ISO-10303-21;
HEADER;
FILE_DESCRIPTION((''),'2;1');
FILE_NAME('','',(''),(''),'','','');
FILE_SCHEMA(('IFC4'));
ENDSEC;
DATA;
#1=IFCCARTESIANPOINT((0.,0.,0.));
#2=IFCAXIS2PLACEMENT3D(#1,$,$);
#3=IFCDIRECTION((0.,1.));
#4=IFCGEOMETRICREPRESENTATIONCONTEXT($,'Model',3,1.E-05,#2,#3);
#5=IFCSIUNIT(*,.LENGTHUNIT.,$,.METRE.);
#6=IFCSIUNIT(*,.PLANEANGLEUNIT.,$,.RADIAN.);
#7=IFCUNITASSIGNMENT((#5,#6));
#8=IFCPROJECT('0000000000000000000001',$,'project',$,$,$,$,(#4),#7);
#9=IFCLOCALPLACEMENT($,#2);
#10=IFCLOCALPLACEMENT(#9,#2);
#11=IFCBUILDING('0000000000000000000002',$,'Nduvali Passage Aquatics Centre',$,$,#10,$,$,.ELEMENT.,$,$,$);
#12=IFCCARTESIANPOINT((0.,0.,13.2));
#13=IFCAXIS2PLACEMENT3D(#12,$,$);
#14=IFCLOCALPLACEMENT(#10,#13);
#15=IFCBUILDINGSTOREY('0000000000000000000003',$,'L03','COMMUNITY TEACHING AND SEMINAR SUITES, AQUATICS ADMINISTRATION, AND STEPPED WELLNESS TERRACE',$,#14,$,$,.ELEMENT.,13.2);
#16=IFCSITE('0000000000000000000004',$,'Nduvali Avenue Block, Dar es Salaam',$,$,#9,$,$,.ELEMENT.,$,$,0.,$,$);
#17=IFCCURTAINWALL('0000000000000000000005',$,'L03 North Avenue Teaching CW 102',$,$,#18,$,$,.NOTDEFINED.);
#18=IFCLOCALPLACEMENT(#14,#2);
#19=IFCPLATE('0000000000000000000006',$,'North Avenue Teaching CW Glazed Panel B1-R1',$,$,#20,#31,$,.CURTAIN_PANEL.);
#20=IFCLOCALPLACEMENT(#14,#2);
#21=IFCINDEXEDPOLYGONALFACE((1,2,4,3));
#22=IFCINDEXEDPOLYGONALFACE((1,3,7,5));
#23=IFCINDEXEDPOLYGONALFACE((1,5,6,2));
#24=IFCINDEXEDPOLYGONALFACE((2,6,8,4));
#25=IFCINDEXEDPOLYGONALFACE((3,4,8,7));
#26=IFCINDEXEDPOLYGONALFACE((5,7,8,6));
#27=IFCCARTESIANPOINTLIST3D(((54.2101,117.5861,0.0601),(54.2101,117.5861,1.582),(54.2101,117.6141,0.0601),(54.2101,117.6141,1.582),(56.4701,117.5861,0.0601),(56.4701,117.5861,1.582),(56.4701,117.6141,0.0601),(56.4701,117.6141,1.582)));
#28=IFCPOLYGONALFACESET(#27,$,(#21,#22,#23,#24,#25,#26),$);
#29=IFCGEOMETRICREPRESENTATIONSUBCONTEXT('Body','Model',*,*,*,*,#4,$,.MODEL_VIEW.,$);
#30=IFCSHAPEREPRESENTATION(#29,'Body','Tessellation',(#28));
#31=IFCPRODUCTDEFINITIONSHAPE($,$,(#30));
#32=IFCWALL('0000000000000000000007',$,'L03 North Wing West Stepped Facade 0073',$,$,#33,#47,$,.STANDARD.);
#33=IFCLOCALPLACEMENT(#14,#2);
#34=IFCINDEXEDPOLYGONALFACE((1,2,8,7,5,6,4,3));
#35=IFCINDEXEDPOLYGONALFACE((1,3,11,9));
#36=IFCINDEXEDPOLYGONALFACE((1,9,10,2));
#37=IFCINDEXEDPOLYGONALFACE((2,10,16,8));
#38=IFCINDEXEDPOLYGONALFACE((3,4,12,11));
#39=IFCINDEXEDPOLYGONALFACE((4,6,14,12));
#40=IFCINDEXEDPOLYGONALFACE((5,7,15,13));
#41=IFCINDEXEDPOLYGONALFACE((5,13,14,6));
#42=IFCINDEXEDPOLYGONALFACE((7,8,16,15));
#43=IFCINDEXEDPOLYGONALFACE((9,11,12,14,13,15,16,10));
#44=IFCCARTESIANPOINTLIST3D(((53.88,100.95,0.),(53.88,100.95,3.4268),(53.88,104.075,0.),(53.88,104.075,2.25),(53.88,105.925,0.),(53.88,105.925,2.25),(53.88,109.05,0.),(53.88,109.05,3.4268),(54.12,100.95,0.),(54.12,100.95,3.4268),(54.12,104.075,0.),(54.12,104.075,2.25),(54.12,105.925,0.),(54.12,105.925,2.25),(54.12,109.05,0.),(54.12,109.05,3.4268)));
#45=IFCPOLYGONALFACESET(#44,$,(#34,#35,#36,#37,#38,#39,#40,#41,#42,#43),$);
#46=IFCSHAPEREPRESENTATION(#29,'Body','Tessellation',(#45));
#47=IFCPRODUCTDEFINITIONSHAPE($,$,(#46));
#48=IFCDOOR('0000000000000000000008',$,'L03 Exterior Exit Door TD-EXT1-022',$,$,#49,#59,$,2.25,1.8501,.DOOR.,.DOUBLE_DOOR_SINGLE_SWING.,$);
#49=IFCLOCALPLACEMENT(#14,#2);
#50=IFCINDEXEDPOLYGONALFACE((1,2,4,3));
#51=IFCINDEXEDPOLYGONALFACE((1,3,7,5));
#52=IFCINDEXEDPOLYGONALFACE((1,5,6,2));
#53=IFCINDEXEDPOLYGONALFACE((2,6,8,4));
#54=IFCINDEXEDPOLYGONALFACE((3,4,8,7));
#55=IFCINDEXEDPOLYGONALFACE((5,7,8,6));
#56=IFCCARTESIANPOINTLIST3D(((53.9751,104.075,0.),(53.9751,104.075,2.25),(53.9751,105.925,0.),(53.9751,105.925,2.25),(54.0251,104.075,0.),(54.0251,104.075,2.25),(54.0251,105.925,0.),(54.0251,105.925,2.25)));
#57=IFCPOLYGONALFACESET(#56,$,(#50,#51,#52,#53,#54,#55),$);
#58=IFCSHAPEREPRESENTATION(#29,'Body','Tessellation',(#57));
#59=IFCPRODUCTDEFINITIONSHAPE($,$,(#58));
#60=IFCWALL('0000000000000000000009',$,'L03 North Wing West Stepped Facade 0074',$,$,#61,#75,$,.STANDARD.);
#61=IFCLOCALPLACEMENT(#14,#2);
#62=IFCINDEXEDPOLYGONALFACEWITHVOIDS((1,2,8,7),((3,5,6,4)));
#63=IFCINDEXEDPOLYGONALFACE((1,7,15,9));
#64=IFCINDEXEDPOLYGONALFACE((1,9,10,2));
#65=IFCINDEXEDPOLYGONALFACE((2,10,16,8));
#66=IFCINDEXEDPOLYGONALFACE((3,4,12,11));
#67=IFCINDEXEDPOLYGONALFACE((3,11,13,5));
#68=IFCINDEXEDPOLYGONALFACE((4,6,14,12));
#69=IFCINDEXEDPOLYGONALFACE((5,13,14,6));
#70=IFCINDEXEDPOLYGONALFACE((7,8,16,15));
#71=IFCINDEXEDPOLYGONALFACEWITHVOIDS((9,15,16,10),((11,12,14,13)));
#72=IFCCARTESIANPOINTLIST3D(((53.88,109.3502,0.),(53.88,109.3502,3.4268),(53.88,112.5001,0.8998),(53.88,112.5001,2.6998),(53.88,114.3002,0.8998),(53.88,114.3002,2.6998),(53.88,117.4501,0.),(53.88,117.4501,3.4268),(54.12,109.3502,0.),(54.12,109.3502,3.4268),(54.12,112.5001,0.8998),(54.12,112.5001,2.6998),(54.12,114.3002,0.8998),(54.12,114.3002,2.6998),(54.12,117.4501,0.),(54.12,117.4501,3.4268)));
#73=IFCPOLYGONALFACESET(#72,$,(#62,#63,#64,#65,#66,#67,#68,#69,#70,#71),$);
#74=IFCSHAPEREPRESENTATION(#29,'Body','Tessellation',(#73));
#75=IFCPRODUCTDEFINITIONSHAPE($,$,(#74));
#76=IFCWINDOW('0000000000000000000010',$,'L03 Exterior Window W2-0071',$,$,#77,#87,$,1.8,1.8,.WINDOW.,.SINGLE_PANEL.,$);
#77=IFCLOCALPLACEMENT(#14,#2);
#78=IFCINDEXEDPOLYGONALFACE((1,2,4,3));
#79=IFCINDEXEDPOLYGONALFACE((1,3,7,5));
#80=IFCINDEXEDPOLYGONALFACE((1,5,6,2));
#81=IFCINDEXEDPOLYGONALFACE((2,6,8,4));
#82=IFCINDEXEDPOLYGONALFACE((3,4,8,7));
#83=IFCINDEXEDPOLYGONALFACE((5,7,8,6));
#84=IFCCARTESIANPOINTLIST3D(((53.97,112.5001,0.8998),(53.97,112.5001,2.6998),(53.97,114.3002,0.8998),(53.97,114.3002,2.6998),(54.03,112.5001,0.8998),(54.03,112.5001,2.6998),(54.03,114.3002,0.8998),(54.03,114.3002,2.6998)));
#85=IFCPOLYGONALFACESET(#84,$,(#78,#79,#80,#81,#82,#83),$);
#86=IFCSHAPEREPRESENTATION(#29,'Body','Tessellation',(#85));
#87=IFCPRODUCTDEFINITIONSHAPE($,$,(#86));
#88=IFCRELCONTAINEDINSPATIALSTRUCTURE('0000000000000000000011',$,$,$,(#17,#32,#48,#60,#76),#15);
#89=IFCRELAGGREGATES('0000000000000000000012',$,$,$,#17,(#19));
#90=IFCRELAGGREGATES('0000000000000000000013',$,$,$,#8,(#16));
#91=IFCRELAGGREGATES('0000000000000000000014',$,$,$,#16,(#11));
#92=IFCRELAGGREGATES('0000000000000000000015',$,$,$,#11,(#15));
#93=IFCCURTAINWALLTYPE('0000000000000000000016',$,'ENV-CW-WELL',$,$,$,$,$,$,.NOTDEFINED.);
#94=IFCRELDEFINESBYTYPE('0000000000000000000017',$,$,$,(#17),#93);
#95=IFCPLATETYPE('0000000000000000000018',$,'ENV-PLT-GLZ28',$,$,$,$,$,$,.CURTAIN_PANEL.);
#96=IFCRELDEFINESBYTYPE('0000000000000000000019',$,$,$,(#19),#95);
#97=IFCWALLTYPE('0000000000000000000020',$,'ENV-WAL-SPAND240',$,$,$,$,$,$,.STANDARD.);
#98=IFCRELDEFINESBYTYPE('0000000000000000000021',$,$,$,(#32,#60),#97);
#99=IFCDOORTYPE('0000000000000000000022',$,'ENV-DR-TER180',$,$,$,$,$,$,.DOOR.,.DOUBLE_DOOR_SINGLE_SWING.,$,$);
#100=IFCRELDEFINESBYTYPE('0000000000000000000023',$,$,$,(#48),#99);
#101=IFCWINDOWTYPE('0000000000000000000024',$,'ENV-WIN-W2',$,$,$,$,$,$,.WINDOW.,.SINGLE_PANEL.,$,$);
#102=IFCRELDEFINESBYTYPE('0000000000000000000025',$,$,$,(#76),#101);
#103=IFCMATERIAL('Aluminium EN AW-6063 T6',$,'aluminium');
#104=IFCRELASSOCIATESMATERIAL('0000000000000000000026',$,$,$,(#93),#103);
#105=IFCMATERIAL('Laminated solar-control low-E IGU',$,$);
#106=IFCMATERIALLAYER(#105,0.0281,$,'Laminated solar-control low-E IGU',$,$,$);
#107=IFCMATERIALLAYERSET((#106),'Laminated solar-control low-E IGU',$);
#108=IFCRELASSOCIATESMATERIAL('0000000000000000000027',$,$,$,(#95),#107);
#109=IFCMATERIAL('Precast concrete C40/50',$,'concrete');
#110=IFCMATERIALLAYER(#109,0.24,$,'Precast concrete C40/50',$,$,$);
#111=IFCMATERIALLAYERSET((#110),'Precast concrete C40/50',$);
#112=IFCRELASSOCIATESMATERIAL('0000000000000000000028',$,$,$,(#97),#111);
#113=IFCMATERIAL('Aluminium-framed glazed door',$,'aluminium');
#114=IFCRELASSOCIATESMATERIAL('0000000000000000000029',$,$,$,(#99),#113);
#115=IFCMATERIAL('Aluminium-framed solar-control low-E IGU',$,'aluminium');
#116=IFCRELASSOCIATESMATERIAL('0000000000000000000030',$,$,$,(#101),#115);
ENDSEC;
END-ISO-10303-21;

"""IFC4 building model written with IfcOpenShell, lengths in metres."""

from ifc_helpers import new_model, si_unit, direction, frame, frame_2d, origin, origin_2d, place, context, subcontext, project, spatial, rectangle, extrude, material, layer, layer_set, type_object, element, fill, aggregate, save


model = new_model("IFC4")

# Units and contexts
model_context = context("Model", 3, precision=1e-05, world=origin(), true_north=direction((0.0, 1.0)))
body_context = subcontext(model_context, "Body", "Model", "MODEL_VIEW")
ifc_project = project(units=[si_unit("LENGTHUNIT", "METRE"), si_unit("PLANEANGLEUNIT", "RADIAN")], contexts=[model_context])

# Site, building, storey
site_placement = place(None, origin())
site = spatial("IfcSite", under=ifc_project, at=site_placement, Name="Nduvali Avenue Block, Dar es Salaam", CompositionType="ELEMENT", RefElevation=0.0)
building_placement = place(site_placement, origin())
building = spatial("IfcBuilding", under=site, at=building_placement, Name="Nduvali Passage Aquatics Centre", CompositionType="ELEMENT")
storey_placement = place(building_placement, frame((0.0, 0.0, 13.2)))
storey = spatial("IfcBuildingStorey", under=building, at=storey_placement, Name="L03", Description="COMMUNITY TEACHING AND SEMINAR SUITES, AQUATICS ADMINISTRATION, AND STEPPED WELLNESS TERRACE", CompositionType="ELEMENT", Elevation=13.2)

# Curtain wall
ifc_material_1 = material(Name="Aluminium EN AW-6063 T6", Category="aluminium")
curtain_wall_type = type_object("IfcCurtainWallType", Name="ENV-CW-WELL", PredefinedType="NOTDEFINED", material=ifc_material_1)
curtain_wall_placement = place(storey_placement, origin())
curtain_wall = element("IfcCurtainWall", 1, at=curtain_wall_placement, inside=storey, type_object=curtain_wall_type, Name="L03 North Avenue Teaching CW 102", PredefinedType="NOTDEFINED")

# Plate
ifc_material_2 = material(Name="Laminated solar-control low-E IGU")
ifc_layer_1 = layer(ifc_material_2, 0.0281, Name="Laminated solar-control low-E IGU")
ifc_layer_set_1 = layer_set([ifc_layer_1], Name="Laminated solar-control low-E IGU")
plate_type = type_object("IfcPlateType", Name="ENV-PLT-GLZ28", PredefinedType="CURTAIN_PANEL", material=ifc_layer_set_1)
plate_placement = place(storey_placement, frame((55.3401, 117.6001, 0.0601), z_axis=(0.0, 0.0, 1.0), x_axis=(1.0, 0.0, 0.0)))
plate = element("IfcPlate", 2, at=plate_placement, type_object=plate_type, Name="North Avenue Teaching CW Glazed Panel B1-R1", PredefinedType="CURTAIN_PANEL", context=body_context, shape_type="SweptSolid", body=[
    extrude(rectangle(XDim=2.26, YDim=0.0281, at=origin_2d()), origin(), (0.0, 0.0, 1.0), 1.522),
])
aggregate(curtain_wall, [plate])

# Wall, opening, door
ifc_material_3 = material(Name="Precast concrete C40/50", Category="concrete")
ifc_layer_2 = layer(ifc_material_3, 0.24, Name="Precast concrete C40/50")
ifc_layer_set_2 = layer_set([ifc_layer_2], Name="Precast concrete C40/50")
wall_type = type_object("IfcWallType", Name="ENV-WAL-SPAND240", PredefinedType="STANDARD", material=ifc_layer_set_2)
wall_1_placement = place(storey_placement, frame((54.0, 109.05, 0.0), z_axis=(0.0, 0.0, 1.0), x_axis=(0.0, -1.0, 0.0)))
wall_1 = element("IfcWall", 3, at=wall_1_placement, inside=storey, type_object=wall_type, Name="L03 North Wing West Stepped Facade 0073", PredefinedType="STANDARD", context=body_context, shape_type="SweptSolid", body=[
    extrude(rectangle(XDim=8.1001, YDim=0.24, at=frame_2d((4.05, 0.0))), origin(), (0.0, 0.0, 1.0), 3.4268),
])
opening_1_placement = place(wall_1_placement, frame((3.125, 0.0, 0.0)))
opening_1 = element("IfcOpeningElement", 4, at=opening_1_placement, cuts=wall_1, PredefinedType="OPENING", context=body_context, shape_type="SweptSolid", body=[
    extrude(rectangle(XDim=1.8501, YDim=2.25, at=frame_2d((0.925, 1.125))), frame((0.0, 0.1348, 0.0), z_axis=(0.0, -1.0, 0.0), x_axis=(1.0, 0.0, 0.0)), (0.0, 0.0, 1.0), 0.2698),
])
ifc_material_4 = material(Name="Aluminium-framed glazed door", Category="aluminium")
door_type = type_object("IfcDoorType", Name="ENV-DR-TER180", OperationType="DOUBLE_DOOR_SINGLE_SWING", PredefinedType="DOOR", material=ifc_material_4)
door_placement = place(opening_1_placement, frame((1.8501, 0.0, 0.0), z_axis=(0.0, 0.0, 1.0), x_axis=(-1.0, 0.0, 0.0)))
door = element("IfcDoor", 5, at=door_placement, inside=storey, type_object=door_type, Name="L03 Exterior Exit Door TD-EXT1-022", OperationType="DOUBLE_DOOR_SINGLE_SWING", OverallHeight=2.25, OverallWidth=1.8501, PredefinedType="DOOR", context=body_context, shape_type="SweptSolid", body=[
    extrude(rectangle(XDim=1.8501, YDim=2.25, at=frame_2d((0.925, 1.125))), frame((0.0, 0.0249, 0.0), z_axis=(0.0, -1.0, 0.0), x_axis=(1.0, 0.0, 0.0)), (0.0, 0.0, 1.0), 0.05),
])
fill(opening_1, door)

# Wall, opening, window
wall_2_placement = place(storey_placement, frame((54.0, 117.45, 0.0), z_axis=(0.0, 0.0, 1.0), x_axis=(0.0, -1.0, 0.0)))
wall_2 = element("IfcWall", 6, at=wall_2_placement, inside=storey, type_object=wall_type, Name="L03 North Wing West Stepped Facade 0074", PredefinedType="STANDARD", context=body_context, shape_type="SweptSolid", body=[
    extrude(rectangle(XDim=8.0999, YDim=0.24, at=frame_2d((4.0498, 0.0))), origin(), (0.0, 0.0, 1.0), 3.4268),
])
opening_2_placement = place(wall_2_placement, frame((3.1499, 0.0, 0.8999)))
opening_2 = element("IfcOpeningElement", 7, at=opening_2_placement, cuts=wall_2, PredefinedType="OPENING", context=body_context, shape_type="SweptSolid", body=[
    extrude(rectangle(XDim=1.8, YDim=1.8, at=frame_2d((0.8999, 0.8999))), frame((0.0, 0.1348, 0.0), z_axis=(0.0, -1.0, 0.0), x_axis=(1.0, 0.0, 0.0)), (0.0, 0.0, 1.0), 0.2698),
])
ifc_material_5 = material(Name="Aluminium-framed solar-control low-E IGU", Category="aluminium")
window_type = type_object("IfcWindowType", Name="ENV-WIN-W2", PartitioningType="SINGLE_PANEL", PredefinedType="WINDOW", material=ifc_material_5)
window_placement = place(opening_2_placement, origin())
window = element("IfcWindow", 8, at=window_placement, inside=storey, type_object=window_type, Name="L03 Exterior Window W2-0071", OverallHeight=1.8, OverallWidth=1.8, PartitioningType="SINGLE_PANEL", PredefinedType="WINDOW", context=body_context, shape_type="SweptSolid", body=[
    extrude(rectangle(XDim=1.8, YDim=1.8, at=frame_2d((0.8999, 0.8999))), frame((0.0, 0.03, 0.0), z_axis=(0.0, -1.0, 0.0), x_axis=(1.0, 0.0, 0.0)), (0.0, 0.0, 1.0), 0.0601),
])
fill(opening_2, window)

save(model, "model.ifc")
